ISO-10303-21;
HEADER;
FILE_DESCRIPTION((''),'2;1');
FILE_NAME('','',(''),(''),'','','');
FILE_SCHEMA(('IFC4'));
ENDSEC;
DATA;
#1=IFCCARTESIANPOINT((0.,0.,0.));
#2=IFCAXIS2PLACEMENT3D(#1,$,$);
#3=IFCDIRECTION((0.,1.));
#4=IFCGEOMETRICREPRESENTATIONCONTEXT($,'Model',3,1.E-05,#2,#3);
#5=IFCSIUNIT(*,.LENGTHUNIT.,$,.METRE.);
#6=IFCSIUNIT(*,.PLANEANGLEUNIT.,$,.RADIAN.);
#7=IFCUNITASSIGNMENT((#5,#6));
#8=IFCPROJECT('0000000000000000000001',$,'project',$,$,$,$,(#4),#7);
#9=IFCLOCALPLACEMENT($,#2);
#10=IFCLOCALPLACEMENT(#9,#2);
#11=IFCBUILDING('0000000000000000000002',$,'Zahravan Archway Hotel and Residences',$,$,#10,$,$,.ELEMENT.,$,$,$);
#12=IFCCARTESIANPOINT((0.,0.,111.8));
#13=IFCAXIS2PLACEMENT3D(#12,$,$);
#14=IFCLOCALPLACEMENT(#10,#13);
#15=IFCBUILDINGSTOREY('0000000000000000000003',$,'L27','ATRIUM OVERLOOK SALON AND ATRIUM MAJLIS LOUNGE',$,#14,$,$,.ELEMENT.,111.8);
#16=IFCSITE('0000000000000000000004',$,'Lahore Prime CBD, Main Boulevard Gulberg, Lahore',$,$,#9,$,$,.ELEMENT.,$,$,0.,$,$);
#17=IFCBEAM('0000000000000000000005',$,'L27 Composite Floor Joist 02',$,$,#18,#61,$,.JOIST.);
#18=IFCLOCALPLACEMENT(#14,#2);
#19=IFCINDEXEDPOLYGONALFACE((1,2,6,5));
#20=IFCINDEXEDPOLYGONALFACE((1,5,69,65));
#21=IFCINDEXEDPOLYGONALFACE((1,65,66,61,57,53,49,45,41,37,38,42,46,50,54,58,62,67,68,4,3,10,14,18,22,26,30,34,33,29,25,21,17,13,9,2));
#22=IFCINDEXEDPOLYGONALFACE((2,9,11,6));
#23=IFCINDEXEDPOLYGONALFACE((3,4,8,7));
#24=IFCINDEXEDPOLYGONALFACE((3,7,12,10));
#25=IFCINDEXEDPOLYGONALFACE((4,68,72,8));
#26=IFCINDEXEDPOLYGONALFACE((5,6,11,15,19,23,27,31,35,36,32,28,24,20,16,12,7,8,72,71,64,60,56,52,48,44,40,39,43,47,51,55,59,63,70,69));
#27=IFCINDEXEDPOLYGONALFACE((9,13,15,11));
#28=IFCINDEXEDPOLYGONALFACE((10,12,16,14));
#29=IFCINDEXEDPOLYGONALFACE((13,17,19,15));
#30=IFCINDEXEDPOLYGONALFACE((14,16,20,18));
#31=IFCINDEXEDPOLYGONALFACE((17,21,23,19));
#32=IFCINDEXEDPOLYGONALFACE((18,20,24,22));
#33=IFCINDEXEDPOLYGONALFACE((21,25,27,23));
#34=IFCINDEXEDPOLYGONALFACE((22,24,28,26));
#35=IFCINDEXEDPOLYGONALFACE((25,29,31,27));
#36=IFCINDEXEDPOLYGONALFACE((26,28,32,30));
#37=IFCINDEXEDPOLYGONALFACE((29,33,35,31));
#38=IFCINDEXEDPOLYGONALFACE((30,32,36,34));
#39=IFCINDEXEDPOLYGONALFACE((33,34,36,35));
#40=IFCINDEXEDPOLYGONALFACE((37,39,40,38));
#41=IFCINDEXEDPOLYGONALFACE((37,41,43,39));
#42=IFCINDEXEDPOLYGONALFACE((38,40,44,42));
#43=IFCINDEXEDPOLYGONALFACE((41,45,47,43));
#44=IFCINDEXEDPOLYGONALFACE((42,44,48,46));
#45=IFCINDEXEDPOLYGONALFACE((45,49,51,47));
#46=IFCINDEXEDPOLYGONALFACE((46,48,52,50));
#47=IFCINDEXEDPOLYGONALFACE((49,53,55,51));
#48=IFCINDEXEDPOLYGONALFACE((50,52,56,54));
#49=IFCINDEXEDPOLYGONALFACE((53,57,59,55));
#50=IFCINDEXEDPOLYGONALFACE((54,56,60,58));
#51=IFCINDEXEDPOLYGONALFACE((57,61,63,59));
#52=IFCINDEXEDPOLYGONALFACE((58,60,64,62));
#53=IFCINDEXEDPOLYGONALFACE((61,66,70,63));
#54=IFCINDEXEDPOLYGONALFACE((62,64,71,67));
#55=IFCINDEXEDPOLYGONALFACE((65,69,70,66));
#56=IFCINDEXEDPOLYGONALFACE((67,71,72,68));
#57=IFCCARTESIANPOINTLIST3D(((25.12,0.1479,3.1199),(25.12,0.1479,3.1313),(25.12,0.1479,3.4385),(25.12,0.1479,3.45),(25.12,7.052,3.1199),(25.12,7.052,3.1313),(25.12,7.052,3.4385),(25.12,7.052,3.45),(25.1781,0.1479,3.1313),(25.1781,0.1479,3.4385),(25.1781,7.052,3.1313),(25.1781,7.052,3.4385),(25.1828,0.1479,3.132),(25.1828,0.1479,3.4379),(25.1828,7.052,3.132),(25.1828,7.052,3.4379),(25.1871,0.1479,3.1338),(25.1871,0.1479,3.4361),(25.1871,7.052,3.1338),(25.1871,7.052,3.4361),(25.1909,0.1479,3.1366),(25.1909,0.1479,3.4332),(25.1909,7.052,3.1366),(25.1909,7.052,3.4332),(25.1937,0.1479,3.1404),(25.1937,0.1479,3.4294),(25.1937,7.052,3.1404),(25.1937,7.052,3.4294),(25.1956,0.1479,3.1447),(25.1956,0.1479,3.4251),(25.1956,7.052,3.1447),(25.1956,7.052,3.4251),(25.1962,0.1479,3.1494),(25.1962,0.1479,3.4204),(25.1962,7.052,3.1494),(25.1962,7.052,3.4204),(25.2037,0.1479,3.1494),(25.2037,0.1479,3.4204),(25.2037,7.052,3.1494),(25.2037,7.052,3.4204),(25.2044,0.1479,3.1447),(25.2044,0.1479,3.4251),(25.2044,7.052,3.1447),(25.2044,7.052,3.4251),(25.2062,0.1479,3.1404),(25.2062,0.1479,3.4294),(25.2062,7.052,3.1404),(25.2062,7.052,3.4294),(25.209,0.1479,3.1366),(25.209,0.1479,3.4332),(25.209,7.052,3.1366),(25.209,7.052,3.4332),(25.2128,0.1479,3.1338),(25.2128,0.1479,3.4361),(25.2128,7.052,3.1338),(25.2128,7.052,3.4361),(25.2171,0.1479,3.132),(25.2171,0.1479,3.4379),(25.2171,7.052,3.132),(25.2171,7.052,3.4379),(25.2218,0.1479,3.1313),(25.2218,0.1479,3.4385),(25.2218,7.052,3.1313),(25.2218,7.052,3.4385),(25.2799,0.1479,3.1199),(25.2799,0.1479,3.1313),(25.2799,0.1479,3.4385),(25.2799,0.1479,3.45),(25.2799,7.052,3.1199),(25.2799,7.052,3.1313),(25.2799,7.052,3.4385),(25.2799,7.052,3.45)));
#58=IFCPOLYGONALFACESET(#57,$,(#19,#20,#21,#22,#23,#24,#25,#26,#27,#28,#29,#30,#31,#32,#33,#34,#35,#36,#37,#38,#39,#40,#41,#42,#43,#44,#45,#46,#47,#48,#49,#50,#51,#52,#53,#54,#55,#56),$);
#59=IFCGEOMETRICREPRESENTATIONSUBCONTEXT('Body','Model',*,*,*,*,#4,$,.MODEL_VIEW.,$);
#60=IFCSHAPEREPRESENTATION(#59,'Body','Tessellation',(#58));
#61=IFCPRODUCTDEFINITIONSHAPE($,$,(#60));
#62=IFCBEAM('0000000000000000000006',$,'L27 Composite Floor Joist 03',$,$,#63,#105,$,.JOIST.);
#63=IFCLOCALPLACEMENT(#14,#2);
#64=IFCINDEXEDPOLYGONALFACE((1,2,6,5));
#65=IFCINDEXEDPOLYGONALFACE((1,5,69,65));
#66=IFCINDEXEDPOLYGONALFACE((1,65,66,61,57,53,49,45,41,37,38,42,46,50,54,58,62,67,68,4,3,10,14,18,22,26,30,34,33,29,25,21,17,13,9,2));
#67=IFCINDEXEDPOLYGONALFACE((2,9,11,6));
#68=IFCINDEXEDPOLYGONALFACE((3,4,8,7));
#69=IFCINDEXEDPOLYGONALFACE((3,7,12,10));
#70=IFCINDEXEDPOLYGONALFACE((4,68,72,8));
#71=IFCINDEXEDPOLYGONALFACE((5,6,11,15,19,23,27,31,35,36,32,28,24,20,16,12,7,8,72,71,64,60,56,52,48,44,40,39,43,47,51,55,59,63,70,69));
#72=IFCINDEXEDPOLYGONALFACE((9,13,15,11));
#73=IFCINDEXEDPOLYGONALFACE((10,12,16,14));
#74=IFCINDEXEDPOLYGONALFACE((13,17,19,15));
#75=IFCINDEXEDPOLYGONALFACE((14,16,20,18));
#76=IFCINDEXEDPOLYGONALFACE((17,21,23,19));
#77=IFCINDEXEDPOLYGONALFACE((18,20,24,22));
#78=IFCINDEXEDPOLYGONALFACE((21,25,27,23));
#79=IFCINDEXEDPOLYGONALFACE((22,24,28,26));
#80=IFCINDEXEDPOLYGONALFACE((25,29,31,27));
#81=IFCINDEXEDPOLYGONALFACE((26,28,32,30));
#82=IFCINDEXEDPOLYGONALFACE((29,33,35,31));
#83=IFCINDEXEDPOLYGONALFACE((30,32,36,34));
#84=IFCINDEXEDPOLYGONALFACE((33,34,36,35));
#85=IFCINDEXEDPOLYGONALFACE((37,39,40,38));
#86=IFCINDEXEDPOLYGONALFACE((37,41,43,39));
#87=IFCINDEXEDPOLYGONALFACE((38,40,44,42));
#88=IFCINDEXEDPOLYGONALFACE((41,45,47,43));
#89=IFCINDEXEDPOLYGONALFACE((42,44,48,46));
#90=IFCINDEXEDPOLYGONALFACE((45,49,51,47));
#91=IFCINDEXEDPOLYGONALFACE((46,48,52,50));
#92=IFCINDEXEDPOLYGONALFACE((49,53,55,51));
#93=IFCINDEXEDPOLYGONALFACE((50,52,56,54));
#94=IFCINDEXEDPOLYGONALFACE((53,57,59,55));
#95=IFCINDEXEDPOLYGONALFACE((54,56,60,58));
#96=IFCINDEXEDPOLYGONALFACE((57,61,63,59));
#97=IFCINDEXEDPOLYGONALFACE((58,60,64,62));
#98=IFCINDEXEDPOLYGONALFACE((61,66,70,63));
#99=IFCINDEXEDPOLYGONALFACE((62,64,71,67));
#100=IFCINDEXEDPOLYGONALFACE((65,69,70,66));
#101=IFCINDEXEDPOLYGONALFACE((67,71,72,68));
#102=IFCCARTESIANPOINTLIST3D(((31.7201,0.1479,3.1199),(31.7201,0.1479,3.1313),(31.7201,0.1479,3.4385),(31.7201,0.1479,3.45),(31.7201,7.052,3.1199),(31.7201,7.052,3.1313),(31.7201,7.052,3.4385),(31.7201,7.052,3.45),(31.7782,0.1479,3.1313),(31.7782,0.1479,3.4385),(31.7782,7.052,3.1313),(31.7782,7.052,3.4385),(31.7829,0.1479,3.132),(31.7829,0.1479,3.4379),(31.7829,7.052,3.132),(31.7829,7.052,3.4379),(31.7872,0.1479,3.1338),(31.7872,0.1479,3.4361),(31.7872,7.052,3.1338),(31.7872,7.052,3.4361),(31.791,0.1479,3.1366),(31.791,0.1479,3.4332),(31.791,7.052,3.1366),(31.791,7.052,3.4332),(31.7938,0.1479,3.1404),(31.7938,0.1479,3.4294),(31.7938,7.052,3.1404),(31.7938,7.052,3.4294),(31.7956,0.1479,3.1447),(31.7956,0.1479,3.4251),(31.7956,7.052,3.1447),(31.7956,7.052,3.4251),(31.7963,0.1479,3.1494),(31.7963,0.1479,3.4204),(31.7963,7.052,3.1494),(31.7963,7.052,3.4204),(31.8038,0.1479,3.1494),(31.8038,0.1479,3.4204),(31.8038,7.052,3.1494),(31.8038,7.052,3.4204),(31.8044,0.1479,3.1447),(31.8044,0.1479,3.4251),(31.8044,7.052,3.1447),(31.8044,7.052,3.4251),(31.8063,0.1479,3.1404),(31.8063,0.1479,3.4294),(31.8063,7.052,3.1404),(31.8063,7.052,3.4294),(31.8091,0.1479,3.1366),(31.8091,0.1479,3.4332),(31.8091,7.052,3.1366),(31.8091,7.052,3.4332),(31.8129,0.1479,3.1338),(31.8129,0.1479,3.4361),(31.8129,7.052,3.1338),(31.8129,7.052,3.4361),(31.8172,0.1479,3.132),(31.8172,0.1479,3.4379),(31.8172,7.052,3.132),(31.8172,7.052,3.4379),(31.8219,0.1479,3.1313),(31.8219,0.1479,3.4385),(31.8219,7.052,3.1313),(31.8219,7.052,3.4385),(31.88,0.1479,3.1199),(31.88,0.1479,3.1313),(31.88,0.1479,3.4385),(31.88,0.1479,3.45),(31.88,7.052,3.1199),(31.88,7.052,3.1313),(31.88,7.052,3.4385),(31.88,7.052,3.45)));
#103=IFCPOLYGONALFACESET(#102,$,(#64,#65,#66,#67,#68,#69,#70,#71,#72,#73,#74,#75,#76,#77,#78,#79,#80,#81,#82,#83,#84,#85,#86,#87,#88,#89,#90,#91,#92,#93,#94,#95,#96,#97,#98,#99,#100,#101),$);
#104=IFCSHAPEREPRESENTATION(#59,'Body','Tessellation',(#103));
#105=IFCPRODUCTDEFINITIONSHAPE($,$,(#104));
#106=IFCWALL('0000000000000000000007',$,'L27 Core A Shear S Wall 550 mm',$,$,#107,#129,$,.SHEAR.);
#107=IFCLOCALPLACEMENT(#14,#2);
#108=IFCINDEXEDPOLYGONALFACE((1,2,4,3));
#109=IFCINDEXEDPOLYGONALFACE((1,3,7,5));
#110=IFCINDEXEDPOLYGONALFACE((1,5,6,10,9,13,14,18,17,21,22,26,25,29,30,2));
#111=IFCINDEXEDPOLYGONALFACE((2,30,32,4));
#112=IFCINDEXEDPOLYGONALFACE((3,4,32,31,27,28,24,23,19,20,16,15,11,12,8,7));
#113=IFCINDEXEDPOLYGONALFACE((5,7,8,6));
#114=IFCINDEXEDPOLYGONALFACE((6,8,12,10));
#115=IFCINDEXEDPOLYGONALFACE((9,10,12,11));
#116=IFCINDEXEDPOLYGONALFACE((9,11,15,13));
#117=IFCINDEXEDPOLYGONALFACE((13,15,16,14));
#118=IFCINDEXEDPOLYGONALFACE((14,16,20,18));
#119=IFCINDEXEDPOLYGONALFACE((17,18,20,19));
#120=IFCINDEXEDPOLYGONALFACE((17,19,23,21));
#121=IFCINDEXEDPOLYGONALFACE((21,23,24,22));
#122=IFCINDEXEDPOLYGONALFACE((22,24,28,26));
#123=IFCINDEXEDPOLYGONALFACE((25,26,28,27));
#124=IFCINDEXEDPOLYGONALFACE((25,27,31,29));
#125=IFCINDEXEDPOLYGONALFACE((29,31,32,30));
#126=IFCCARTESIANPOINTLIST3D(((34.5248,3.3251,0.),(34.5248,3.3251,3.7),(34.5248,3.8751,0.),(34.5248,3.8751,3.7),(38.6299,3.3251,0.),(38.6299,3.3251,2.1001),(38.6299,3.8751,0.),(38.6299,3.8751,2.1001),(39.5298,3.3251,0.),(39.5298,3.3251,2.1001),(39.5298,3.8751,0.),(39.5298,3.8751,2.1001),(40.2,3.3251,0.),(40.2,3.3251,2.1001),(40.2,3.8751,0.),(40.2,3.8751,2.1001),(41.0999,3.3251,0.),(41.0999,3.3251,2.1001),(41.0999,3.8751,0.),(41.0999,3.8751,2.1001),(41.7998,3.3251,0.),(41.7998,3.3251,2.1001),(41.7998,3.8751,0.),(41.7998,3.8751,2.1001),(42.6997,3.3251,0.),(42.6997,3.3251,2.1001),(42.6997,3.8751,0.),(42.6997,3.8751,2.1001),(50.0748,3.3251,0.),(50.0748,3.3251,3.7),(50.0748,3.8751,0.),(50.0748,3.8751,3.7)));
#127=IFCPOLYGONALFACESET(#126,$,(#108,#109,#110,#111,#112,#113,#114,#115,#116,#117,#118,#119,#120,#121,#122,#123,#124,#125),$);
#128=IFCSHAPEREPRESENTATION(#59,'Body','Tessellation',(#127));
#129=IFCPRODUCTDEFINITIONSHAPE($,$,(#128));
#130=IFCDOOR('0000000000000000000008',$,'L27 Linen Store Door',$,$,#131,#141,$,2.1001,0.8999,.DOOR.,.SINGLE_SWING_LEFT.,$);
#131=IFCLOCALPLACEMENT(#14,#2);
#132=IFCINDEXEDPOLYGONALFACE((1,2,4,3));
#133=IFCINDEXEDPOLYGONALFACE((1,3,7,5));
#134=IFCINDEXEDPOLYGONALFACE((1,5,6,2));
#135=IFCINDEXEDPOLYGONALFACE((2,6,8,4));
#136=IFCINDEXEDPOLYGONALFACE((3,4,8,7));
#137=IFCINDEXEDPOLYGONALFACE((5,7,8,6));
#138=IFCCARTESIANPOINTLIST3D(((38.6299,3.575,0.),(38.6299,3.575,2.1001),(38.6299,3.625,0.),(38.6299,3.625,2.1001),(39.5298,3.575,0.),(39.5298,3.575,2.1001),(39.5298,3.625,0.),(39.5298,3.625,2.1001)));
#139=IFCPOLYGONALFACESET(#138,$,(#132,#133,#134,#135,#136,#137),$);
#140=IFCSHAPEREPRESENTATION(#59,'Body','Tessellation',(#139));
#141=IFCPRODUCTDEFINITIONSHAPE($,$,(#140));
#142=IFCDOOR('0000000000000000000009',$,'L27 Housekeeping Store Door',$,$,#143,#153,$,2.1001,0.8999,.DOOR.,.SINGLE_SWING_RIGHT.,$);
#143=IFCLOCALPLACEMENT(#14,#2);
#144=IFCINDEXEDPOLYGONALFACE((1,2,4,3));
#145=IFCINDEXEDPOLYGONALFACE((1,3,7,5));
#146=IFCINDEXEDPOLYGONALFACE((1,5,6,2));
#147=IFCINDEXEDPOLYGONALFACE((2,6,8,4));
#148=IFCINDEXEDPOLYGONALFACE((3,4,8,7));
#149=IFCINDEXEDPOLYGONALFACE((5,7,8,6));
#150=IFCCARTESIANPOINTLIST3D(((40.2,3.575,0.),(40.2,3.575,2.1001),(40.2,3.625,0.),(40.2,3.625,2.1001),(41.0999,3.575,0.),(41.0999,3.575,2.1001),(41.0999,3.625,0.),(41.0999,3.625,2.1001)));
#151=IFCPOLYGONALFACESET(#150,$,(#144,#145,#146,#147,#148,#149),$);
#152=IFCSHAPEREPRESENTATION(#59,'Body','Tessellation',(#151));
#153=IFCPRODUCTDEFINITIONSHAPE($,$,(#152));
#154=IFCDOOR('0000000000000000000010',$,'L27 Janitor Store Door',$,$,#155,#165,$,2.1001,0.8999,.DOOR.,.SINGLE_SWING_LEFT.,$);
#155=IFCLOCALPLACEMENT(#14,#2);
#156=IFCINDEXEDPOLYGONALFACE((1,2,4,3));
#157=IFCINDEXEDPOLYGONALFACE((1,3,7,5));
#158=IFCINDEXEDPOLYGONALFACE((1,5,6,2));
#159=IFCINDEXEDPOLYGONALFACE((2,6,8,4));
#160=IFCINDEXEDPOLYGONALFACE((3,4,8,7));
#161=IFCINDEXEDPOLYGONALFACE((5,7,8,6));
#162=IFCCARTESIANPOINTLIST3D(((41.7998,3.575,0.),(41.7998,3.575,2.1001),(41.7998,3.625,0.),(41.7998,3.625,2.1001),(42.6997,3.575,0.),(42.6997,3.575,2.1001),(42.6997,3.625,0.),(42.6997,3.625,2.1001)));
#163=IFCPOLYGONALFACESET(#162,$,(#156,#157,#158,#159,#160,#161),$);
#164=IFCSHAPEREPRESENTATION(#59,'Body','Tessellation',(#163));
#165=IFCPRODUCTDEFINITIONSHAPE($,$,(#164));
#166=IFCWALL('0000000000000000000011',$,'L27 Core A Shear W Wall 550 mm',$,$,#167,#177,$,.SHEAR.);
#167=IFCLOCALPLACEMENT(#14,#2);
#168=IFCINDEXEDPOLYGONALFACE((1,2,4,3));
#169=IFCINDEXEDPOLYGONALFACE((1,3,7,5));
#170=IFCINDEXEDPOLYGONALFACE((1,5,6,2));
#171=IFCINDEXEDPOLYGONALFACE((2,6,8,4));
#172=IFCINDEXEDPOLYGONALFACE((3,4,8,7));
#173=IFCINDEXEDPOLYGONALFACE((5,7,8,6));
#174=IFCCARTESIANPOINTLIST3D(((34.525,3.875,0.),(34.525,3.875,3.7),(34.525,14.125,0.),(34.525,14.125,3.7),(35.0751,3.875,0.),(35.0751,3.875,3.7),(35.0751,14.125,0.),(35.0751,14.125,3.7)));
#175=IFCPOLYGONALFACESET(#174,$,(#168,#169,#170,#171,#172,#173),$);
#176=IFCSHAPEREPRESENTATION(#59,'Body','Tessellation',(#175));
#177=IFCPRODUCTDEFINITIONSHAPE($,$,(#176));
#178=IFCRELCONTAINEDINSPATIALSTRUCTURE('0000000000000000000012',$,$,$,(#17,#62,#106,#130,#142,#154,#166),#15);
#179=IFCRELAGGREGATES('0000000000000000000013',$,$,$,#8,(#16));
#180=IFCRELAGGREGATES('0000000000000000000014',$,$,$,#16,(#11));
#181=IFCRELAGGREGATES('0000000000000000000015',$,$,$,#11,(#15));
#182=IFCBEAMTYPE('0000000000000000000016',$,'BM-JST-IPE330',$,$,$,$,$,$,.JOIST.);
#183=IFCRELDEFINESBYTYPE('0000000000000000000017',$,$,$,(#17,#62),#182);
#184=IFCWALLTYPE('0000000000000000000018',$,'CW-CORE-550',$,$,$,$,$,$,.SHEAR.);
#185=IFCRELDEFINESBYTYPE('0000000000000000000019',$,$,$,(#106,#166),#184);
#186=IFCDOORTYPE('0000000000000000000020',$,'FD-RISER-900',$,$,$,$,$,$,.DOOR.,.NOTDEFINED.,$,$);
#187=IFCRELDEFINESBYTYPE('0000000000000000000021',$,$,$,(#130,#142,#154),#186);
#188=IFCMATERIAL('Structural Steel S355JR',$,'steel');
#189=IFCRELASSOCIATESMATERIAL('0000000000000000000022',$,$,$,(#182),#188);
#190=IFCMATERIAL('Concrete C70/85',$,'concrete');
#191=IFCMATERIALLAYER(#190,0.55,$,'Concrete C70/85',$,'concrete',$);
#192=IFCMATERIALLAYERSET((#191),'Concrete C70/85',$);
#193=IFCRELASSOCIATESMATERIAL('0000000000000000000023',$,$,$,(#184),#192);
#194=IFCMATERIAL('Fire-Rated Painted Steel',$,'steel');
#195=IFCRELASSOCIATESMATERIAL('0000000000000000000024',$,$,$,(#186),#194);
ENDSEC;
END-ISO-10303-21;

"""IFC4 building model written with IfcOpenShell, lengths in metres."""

from ifc_helpers import new_model, si_unit, direction, frame, frame_2d, origin, origin_2d, place, context, subcontext, project, spatial, rectangle, i_section, extrude, source, transform, mapped, material, layer, layer_set, material_profile, profile_set, type_object, type_shapes, element, fill, save


model = new_model("IFC4")

# Units and contexts
model_context = context("Model", 3, precision=1e-05, world=origin(), true_north=direction((0.0, 1.0)))
body_context = subcontext(model_context, "Body", "Model", "MODEL_VIEW")
ifc_project = project(units=[si_unit("LENGTHUNIT", "METRE"), si_unit("PLANEANGLEUNIT", "RADIAN")], contexts=[model_context])

# Site, building, storey
site_placement = place(None, origin())
site = spatial("IfcSite", under=ifc_project, at=site_placement, Name="Lahore Prime CBD, Main Boulevard Gulberg, Lahore", CompositionType="ELEMENT", RefElevation=0.0)
building_placement = place(site_placement, origin())
building = spatial("IfcBuilding", under=site, at=building_placement, Name="Zahravan Archway Hotel and Residences", CompositionType="ELEMENT")
storey_placement = place(building_placement, frame((0.0, 0.0, 111.8)))
storey = spatial("IfcBuildingStorey", under=building, at=storey_placement, Name="L27", Description="ATRIUM OVERLOOK SALON AND ATRIUM MAJLIS LOUNGE", CompositionType="ELEMENT", Elevation=111.8)

# Beams
ifc_material_1 = material(Name="Structural Steel S355JR", Category="steel")
ifc_material_profile_1 = material_profile(ifc_material_1, i_section(OverallWidth=0.1599, OverallDepth=0.3301, WebThickness=0.0076, FlangeThickness=0.0115, FilletRadius=0.0181, at=origin_2d()), Name="IPE 330", Category="steel")
ifc_profile_set_1 = profile_set([ifc_material_profile_1], Name="Structural Steel S355JR")
beam_type_1 = type_object("IfcBeamType", Name="BM-JST-IPE330", PredefinedType="JOIST", material=ifc_profile_set_1)
shared_shape_1 = source(origin(), body_context, "Body", "SweptSolid", [
    extrude(i_section(OverallWidth=0.1599, OverallDepth=0.3301, WebThickness=0.0076, FlangeThickness=0.0115, FilletRadius=0.0181, at=origin_2d()), origin(), (0.0, 0.0, 1.0), 6.9041),
])
type_shapes(beam_type_1, [shared_shape_1])
for number, where, z_axis, x_axis, name in (
    (1, (25.2, 0.1479, 3.2849), (0.0, 1.0, 0.0), (-1.0, 0.0, 0.0), "L27 Composite Floor Joist 02"),
    (2, (31.8, 0.1479, 3.2849), (0.0, 1.0, 0.0), (-1.0, 0.0, 0.0), "L27 Composite Floor Joist 03"),
):
    element("IfcBeam", number, at=place(storey_placement, frame(where, z_axis=z_axis, x_axis=x_axis)), inside=storey, type_object=beam_type_1, Name=name, PredefinedType="JOIST", context=body_context, shape_type="MappedRepresentation", body=[
        mapped(shared_shape_1, transform((0.0, 0.0, 0.0), scale=1.0)),
    ])

# Wall, openings, doors
ifc_material_2 = material(Name="Concrete C70/85", Category="concrete")
ifc_layer_1 = layer(ifc_material_2, 0.55, Name="Concrete C70/85", Category="concrete")
ifc_layer_set_1 = layer_set([ifc_layer_1], Name="Concrete C70/85")
wall_type_1 = type_object("IfcWallType", Name="CW-CORE-550", PredefinedType="SHEAR", material=ifc_layer_set_1)
wall_1_placement = place(storey_placement, frame((34.5249, 3.6001, 0.0), z_axis=(0.0, 0.0, 1.0), x_axis=(1.0, 0.0, 0.0)))
wall_1 = element("IfcWall", 3, at=wall_1_placement, inside=storey, type_object=wall_type_1, Name="L27 Core A Shear S Wall 550 mm", PredefinedType="SHEAR", context=body_context, shape_type="SweptSolid", body=[
    extrude(rectangle(XDim=15.55, YDim=0.55, at=frame_2d((7.7749, 0.0))), origin(), (0.0, 0.0, 1.0), 3.7),
])
opening_1_placement = place(wall_1_placement, frame((4.105, 0.0, 0.0)))
opening_1 = element("IfcOpeningElement", 4, at=opening_1_placement, cuts=wall_1, PredefinedType="OPENING", context=body_context, shape_type="SweptSolid", body=[
    extrude(rectangle(XDim=0.8999, YDim=2.1001, at=frame_2d((0.45, 1.05))), frame((0.0, 0.2852, 0.0), z_axis=(0.0, -1.0, 0.0), x_axis=(1.0, 0.0, 0.0)), (0.0, 0.0, 1.0), 0.5701),
])
opening_2_placement = place(wall_1_placement, frame((5.675, 0.0, 0.0)))
opening_2 = element("IfcOpeningElement", 5, at=opening_2_placement, cuts=wall_1, PredefinedType="OPENING", context=body_context, shape_type="SweptSolid", body=[
    extrude(rectangle(XDim=0.8999, YDim=2.1001, at=frame_2d((0.45, 1.05))), frame((0.0, 0.2852, 0.0), z_axis=(0.0, -1.0, 0.0), x_axis=(1.0, 0.0, 0.0)), (0.0, 0.0, 1.0), 0.5701),
])
opening_3_placement = place(wall_1_placement, frame((7.2749, 0.0, 0.0)))
opening_3 = element("IfcOpeningElement", 6, at=opening_3_placement, cuts=wall_1, PredefinedType="OPENING", context=body_context, shape_type="SweptSolid", body=[
    extrude(rectangle(XDim=0.8999, YDim=2.1001, at=frame_2d((0.45, 1.05))), frame((0.0, 0.2852, 0.0), z_axis=(0.0, -1.0, 0.0), x_axis=(1.0, 0.0, 0.0)), (0.0, 0.0, 1.0), 0.5701),
])
ifc_material_3 = material(Name="Fire-Rated Painted Steel", Category="steel")
door_type_1 = type_object("IfcDoorType", Name="FD-RISER-900", OperationType="NOTDEFINED", PredefinedType="DOOR", material=ifc_material_3)
shared_shape_2 = source(origin(), body_context, "Body", "SweptSolid", [
    extrude(rectangle(XDim=0.8999, YDim=2.1001, at=frame_2d((0.45, 1.05))), frame((0.0, 0.0249, 0.0), z_axis=(0.0, -1.0, 0.0), x_axis=(1.0, 0.0, 0.0)), (0.0, 0.0, 1.0), 0.05),
])
type_shapes(door_type_1, [shared_shape_2])
door_1_placement = place(opening_1_placement, origin())
door_1 = element("IfcDoor", 7, at=door_1_placement, inside=storey, type_object=door_type_1, Name="L27 Linen Store Door", OperationType="SINGLE_SWING_LEFT", OverallHeight=2.1001, OverallWidth=0.8999, PredefinedType="DOOR", context=body_context, shape_type="MappedRepresentation", body=[
    mapped(shared_shape_2, transform((0.0, 0.0, 0.0), scale=1.0)),
])
fill(opening_1, door_1)
door_2_placement = place(opening_2_placement, origin())
door_2 = element("IfcDoor", 8, at=door_2_placement, inside=storey, type_object=door_type_1, Name="L27 Housekeeping Store Door", OperationType="SINGLE_SWING_RIGHT", OverallHeight=2.1001, OverallWidth=0.8999, PredefinedType="DOOR", context=body_context, shape_type="MappedRepresentation", body=[
    mapped(shared_shape_2, transform((0.0, 0.0, 0.0), scale=1.0)),
])
fill(opening_2, door_2)
door_3_placement = place(opening_3_placement, origin())
door_3 = element("IfcDoor", 9, at=door_3_placement, inside=storey, type_object=door_type_1, Name="L27 Janitor Store Door", OperationType="SINGLE_SWING_LEFT", OverallHeight=2.1001, OverallWidth=0.8999, PredefinedType="DOOR", context=body_context, shape_type="MappedRepresentation", body=[
    mapped(shared_shape_2, transform((0.0, 0.0, 0.0), scale=1.0)),
])
fill(opening_3, door_3)

# Wall
wall_2_placement = place(storey_placement, frame((34.8, 3.875, 0.0), z_axis=(0.0, 0.0, 1.0), x_axis=(0.0, 1.0, 0.0)))
element("IfcWall", 10, at=wall_2_placement, inside=storey, type_object=wall_type_1, Name="L27 Core A Shear W Wall 550 mm", PredefinedType="SHEAR", context=body_context, shape_type="SweptSolid", body=[
    extrude(rectangle(XDim=10.25, YDim=0.55, at=frame_2d((5.125, 0.0))), origin(), (0.0, 0.0, 1.0), 3.7),
])

save(model, "model.ifc")
